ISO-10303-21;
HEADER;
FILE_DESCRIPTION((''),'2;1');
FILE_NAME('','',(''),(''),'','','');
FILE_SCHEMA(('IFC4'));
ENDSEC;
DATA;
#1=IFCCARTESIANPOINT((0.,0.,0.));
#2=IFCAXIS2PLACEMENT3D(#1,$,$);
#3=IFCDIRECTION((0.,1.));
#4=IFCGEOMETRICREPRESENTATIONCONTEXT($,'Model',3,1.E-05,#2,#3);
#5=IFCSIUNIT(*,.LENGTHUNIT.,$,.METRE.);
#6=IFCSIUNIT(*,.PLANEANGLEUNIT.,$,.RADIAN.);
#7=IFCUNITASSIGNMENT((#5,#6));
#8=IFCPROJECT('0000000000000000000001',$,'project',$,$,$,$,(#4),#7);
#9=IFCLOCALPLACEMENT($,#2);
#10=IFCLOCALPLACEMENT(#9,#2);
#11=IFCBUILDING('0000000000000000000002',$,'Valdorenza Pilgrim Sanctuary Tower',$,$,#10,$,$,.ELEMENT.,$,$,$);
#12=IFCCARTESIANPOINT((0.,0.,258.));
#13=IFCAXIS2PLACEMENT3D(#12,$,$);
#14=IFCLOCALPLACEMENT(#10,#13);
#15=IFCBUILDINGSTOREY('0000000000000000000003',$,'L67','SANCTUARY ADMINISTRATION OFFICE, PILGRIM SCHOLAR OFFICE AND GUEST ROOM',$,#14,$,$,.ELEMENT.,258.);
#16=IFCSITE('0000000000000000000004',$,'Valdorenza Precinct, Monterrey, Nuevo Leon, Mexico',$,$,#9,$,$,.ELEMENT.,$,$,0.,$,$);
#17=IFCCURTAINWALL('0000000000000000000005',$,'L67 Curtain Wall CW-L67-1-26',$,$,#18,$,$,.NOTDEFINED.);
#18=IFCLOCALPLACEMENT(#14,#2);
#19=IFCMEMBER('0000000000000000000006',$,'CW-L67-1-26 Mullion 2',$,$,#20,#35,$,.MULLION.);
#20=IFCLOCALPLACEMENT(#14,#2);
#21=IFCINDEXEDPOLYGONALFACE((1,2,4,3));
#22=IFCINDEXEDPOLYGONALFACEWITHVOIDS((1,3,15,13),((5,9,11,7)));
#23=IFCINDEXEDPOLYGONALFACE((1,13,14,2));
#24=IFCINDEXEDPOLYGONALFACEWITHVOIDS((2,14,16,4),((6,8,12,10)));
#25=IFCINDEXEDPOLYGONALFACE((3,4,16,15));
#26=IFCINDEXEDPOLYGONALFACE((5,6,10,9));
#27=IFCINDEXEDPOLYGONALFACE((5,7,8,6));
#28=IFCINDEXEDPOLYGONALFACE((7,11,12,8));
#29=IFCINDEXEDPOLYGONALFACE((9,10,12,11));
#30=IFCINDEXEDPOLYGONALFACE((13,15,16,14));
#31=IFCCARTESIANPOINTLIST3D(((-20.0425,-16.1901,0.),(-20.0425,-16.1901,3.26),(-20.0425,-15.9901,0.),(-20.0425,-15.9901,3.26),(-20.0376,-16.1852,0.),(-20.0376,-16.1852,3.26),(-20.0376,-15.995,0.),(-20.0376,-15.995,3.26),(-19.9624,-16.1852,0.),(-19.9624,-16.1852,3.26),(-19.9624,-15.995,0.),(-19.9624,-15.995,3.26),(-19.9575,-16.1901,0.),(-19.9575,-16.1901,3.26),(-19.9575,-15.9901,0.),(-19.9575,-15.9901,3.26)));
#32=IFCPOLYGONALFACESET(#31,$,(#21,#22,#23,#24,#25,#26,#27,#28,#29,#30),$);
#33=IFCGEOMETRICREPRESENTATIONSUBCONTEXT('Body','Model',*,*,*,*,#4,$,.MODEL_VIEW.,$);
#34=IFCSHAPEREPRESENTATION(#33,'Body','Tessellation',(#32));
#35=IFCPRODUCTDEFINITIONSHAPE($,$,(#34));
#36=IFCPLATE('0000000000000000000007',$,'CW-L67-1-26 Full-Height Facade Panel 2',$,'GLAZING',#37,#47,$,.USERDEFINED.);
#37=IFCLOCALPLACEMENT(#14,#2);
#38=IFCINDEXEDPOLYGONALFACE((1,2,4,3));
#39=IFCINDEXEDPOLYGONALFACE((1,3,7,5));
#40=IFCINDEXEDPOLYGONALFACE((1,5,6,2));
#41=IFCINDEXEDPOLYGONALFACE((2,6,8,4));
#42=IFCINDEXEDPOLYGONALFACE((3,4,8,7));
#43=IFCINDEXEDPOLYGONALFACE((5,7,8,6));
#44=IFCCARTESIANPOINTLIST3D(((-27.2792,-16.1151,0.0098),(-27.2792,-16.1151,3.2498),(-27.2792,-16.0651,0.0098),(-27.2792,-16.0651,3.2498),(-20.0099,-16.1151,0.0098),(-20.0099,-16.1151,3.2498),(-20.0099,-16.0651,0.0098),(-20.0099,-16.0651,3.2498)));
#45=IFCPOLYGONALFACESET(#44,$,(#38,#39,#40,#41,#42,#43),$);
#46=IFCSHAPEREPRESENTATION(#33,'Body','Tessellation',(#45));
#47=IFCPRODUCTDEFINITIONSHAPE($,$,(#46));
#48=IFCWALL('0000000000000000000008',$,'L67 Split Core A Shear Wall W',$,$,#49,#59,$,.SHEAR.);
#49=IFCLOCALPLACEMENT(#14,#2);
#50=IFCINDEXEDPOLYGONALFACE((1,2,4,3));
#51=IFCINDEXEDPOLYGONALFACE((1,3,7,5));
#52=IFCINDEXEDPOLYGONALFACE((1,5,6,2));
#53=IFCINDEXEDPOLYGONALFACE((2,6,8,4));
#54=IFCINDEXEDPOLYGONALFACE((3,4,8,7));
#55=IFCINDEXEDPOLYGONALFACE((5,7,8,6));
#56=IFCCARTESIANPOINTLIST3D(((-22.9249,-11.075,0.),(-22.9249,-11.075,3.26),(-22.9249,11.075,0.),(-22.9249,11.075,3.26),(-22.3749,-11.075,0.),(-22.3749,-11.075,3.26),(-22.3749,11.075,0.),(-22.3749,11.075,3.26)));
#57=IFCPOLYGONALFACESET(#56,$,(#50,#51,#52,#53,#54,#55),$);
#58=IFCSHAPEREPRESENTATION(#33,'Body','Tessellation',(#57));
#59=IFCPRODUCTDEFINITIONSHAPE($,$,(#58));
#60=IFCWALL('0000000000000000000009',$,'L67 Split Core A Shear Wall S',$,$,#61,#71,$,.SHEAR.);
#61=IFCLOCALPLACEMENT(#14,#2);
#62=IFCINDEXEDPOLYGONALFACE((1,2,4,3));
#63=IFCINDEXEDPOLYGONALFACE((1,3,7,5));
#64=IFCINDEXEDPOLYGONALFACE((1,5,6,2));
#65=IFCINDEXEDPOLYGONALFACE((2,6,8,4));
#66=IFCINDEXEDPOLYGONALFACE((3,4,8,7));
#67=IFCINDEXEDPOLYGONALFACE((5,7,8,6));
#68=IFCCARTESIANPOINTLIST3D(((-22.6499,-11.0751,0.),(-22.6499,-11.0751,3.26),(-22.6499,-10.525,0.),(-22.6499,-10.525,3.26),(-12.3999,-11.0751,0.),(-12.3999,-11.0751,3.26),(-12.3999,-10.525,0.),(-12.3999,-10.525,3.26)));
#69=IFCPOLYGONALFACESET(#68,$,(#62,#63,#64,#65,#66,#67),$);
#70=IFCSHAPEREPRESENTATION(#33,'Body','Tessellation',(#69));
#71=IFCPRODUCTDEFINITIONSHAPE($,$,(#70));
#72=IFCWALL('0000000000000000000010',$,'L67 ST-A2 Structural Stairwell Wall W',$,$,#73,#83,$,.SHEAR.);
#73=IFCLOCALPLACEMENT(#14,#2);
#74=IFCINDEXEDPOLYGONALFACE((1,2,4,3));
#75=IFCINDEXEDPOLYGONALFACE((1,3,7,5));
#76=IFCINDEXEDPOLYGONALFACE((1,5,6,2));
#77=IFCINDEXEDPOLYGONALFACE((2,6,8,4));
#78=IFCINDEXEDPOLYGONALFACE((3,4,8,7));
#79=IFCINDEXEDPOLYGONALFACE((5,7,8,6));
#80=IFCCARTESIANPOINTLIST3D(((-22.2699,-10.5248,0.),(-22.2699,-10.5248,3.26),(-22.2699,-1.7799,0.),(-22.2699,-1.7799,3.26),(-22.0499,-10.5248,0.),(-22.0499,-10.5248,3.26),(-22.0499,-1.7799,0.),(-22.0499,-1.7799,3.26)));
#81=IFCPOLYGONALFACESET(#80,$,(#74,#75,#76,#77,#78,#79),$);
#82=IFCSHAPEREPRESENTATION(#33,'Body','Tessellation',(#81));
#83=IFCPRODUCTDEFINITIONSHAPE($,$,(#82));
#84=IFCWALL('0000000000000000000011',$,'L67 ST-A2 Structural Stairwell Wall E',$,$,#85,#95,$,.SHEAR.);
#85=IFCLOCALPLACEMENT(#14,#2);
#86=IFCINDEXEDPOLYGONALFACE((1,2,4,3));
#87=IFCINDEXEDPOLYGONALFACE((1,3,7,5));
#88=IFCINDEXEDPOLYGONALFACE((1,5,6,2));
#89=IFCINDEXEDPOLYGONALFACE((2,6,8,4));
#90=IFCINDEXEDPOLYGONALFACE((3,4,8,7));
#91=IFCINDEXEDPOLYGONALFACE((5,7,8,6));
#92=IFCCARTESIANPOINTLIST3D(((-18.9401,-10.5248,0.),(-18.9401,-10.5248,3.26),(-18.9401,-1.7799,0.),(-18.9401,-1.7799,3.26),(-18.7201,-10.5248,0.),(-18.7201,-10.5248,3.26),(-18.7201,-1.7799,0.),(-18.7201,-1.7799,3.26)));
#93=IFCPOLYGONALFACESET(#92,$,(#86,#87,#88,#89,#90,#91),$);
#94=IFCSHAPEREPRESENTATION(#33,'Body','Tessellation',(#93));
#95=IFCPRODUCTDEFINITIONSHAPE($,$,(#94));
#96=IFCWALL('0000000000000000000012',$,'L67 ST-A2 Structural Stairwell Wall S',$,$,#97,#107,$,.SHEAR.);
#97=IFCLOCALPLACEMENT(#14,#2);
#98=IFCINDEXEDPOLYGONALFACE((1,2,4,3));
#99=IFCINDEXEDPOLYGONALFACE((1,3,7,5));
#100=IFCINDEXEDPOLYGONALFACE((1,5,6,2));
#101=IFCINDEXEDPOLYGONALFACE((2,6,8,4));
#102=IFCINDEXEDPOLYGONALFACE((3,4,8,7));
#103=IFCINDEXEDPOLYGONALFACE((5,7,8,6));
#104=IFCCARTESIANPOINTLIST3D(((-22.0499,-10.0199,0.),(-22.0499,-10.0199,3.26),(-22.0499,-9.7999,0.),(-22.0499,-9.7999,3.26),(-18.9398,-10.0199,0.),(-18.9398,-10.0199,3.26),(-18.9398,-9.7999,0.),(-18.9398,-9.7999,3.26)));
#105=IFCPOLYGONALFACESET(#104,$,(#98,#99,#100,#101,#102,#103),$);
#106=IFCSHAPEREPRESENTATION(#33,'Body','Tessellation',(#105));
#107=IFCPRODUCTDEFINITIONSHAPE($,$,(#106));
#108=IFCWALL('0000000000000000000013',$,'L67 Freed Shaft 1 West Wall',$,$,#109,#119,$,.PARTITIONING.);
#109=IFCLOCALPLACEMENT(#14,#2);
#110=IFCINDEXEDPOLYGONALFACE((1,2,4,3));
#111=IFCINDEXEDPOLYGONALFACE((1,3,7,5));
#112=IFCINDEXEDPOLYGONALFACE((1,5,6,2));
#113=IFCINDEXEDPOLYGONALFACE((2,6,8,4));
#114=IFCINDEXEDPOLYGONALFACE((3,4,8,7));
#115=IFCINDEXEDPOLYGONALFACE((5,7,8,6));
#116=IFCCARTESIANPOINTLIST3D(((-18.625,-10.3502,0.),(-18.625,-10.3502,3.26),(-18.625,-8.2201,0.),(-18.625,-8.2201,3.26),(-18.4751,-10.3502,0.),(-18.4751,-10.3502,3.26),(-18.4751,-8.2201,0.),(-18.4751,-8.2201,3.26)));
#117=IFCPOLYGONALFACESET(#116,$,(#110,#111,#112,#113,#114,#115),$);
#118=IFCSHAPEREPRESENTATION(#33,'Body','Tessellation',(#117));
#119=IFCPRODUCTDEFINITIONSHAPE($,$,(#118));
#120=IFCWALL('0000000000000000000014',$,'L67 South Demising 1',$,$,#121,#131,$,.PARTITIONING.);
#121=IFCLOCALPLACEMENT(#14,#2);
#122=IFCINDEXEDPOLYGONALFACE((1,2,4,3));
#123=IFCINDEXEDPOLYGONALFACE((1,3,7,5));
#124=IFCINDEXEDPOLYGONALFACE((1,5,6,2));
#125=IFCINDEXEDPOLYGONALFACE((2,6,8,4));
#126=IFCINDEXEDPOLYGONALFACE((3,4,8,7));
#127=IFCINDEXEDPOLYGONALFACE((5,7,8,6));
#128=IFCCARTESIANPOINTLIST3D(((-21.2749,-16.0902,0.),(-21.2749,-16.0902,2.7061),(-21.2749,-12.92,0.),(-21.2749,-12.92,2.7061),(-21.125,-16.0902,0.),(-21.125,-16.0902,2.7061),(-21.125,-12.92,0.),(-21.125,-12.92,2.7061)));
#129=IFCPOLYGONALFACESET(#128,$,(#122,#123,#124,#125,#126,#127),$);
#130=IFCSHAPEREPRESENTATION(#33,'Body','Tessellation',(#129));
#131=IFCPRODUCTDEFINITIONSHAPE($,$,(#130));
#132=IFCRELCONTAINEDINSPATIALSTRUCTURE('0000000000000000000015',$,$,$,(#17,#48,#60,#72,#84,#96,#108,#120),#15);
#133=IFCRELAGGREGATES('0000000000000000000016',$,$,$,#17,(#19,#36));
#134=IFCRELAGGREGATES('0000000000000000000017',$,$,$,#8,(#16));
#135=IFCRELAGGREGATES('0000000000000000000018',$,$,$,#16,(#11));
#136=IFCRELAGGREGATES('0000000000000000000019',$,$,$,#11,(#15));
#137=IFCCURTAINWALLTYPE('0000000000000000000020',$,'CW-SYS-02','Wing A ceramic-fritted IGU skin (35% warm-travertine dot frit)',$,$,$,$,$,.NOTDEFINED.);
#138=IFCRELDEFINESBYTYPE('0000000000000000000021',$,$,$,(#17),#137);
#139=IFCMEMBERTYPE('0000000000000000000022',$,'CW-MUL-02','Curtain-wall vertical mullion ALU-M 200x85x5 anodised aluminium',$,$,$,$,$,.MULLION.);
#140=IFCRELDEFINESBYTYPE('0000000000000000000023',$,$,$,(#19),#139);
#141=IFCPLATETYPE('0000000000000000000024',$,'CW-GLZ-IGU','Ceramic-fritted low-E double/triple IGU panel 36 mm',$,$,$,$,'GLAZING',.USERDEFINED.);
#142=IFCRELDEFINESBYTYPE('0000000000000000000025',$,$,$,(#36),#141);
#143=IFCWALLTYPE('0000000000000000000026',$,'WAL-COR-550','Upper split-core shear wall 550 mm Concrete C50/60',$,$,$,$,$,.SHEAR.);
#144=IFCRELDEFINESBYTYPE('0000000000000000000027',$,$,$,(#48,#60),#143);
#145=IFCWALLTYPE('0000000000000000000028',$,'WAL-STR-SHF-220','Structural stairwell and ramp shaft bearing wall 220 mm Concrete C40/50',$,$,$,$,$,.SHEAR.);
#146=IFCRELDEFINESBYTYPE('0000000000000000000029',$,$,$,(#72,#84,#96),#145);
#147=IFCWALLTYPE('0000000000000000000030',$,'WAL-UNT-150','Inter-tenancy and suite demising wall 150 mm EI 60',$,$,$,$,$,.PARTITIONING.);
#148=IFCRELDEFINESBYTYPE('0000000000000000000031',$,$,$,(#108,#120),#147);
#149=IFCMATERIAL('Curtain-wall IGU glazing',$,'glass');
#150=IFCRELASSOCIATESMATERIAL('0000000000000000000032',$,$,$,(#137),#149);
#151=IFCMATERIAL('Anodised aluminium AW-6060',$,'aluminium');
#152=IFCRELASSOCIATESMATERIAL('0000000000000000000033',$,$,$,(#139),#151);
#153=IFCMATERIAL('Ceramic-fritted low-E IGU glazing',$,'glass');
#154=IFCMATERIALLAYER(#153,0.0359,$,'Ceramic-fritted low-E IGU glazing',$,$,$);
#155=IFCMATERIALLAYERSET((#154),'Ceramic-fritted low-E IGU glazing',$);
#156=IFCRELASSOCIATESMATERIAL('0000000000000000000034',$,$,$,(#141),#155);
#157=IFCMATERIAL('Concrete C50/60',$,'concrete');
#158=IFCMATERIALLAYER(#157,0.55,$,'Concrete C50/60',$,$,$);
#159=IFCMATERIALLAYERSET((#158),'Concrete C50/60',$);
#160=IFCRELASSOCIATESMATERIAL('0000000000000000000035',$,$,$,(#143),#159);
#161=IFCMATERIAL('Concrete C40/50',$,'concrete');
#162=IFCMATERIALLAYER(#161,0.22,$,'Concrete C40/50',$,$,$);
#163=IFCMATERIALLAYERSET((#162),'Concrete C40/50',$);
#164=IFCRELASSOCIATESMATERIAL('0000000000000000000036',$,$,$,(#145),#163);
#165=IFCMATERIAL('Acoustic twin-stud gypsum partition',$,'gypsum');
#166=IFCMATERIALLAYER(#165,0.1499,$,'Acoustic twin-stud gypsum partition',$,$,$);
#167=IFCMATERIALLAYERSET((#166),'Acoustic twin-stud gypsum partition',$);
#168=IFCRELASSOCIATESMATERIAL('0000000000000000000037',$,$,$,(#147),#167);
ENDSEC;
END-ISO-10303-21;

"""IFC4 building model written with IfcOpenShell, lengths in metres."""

from ifc_helpers import new_model, si_unit, direction, frame, frame_2d, origin, origin_2d, place, context, subcontext, project, spatial, rectangle, hollow_rectangle, extrude, source, transform, mapped, material, layer, layer_set, material_profile, profile_set, type_object, element, aggregate, save


model = new_model("IFC4")

# Units and contexts
model_context = context("Model", 3, precision=1e-05, world=origin(), true_north=direction((0.0, 1.0)))
body_context = subcontext(model_context, "Body", "Model", "MODEL_VIEW")
ifc_project = project(units=[si_unit("LENGTHUNIT", "METRE"), si_unit("PLANEANGLEUNIT", "RADIAN")], contexts=[model_context])

# Site, building, storey
site_placement = place(None, origin())
site = spatial("IfcSite", under=ifc_project, at=site_placement, Name="Valdorenza Precinct, Monterrey, Nuevo Leon, Mexico", CompositionType="ELEMENT", RefElevation=0.0)
building_placement = place(site_placement, origin())
building = spatial("IfcBuilding", under=site, at=building_placement, Name="Valdorenza Pilgrim Sanctuary Tower", CompositionType="ELEMENT")
storey_placement = place(building_placement, frame((0.0, 0.0, 258.0)))
storey = spatial("IfcBuildingStorey", under=building, at=storey_placement, Name="L67", Description="SANCTUARY ADMINISTRATION OFFICE, PILGRIM SCHOLAR OFFICE AND GUEST ROOM", CompositionType="ELEMENT", Elevation=258.0)

# Shared definitions
ifc_material_1 = material(Name="Concrete C50/60", Category="concrete")

# Curtain wall, member, plate
ifc_material_2 = material(Name="Curtain-wall IGU glazing", Category="glass")
curtain_wall_type = type_object("IfcCurtainWallType", Name="CW-SYS-02", Description="Wing A ceramic-fritted IGU skin (35% warm-travertine dot frit)", PredefinedType="NOTDEFINED", material=ifc_material_2)
curtain_wall_placement = place(storey_placement, origin())
curtain_wall = element("IfcCurtainWall", 1, at=curtain_wall_placement, inside=storey, type_object=curtain_wall_type, Name="L67 Curtain Wall CW-L67-1-26", PredefinedType="NOTDEFINED")
ifc_material_3 = material(Name="Anodised aluminium AW-6060", Category="aluminium")
ifc_material_profile_1 = material_profile(ifc_material_3, hollow_rectangle(XDim=0.085, YDim=0.2, WallThickness=0.0049, at=origin_2d()), Name="ALU-M 200x85x5")
ifc_profile_set_1 = profile_set([ifc_material_profile_1], Name="Anodised aluminium AW-6060")
member_type = type_object("IfcMemberType", Name="CW-MUL-02", Description="Curtain-wall vertical mullion ALU-M 200x85x5 anodised aluminium", PredefinedType="MULLION", material=ifc_profile_set_1)
shared_shape_1 = source(origin(), body_context, "Body", "SweptSolid", [
    extrude(hollow_rectangle(XDim=0.085, YDim=0.2, WallThickness=0.0049, at=origin_2d()), origin(), (0.0, 0.0, 1.0), 3.26),
])
member_placement = place(storey_placement, frame((-20.0, -16.0901, 0.0), z_axis=(0.0, 0.0, 1.0), x_axis=(-1.0, 0.0, 0.0)))
member = element("IfcMember", 2, at=member_placement, type_object=member_type, Name="CW-L67-1-26 Mullion 2", PredefinedType="MULLION", context=body_context, shape_type="MappedRepresentation", body=[
    mapped(shared_shape_1, transform((0.0, 0.0, 0.0), x_axis=(1.0, 0.0, 0.0), y_axis=(0.0, 1.0, 0.0), z_axis=(0.0, 0.0, 1.0), scale=1.0)),
])
ifc_material_4 = material(Name="Ceramic-fritted low-E IGU glazing", Category="glass")
ifc_layer_1 = layer(ifc_material_4, 0.0359, Name="Ceramic-fritted low-E IGU glazing")
ifc_layer_set_1 = layer_set([ifc_layer_1], Name="Ceramic-fritted low-E IGU glazing")
plate_type = type_object("IfcPlateType", Name="CW-GLZ-IGU", Description="Ceramic-fritted low-E double/triple IGU panel 36 mm", ElementType="GLAZING", PredefinedType="USERDEFINED", material=ifc_layer_set_1)
shared_shape_2 = source(origin(), body_context, "Body", "SweptSolid", [
    extrude(rectangle(XDim=7.2693, YDim=0.05, at=origin_2d()), origin(), (0.0, 0.0, 1.0), 3.24),
])
plate_placement = place(storey_placement, frame((-23.6445, -16.0901, 0.0098), z_axis=(0.0, 0.0, 1.0), x_axis=(-1.0, 0.0, 0.0)))
plate = element("IfcPlate", 3, at=plate_placement, type_object=plate_type, Name="CW-L67-1-26 Full-Height Facade Panel 2", ObjectType="GLAZING", PredefinedType="USERDEFINED", context=body_context, shape_type="MappedRepresentation", body=[
    mapped(shared_shape_2, transform((0.0, 0.0, 0.0), x_axis=(1.0, 0.0, 0.0), y_axis=(0.0, 1.0, 0.0), z_axis=(0.0, 0.0, 1.0), scale=1.0)),
])
aggregate(curtain_wall, [member, plate])

# Walls
ifc_layer_2 = layer(ifc_material_1, 0.55, Name="Concrete C50/60")
ifc_layer_set_2 = layer_set([ifc_layer_2], Name="Concrete C50/60")
wall_type_1 = type_object("IfcWallType", Name="WAL-COR-550", Description="Upper split-core shear wall 550 mm Concrete C50/60", PredefinedType="SHEAR", material=ifc_layer_set_2)
wall_1_placement = place(storey_placement, frame((-22.6499, -11.075, 0.0), z_axis=(0.0, 0.0, 1.0), x_axis=(0.0, 1.0, 0.0)))
element("IfcWall", 4, at=wall_1_placement, inside=storey, type_object=wall_type_1, Name="L67 Split Core A Shear Wall W", PredefinedType="SHEAR", context=body_context, shape_type="SweptSolid", body=[
    extrude(rectangle(XDim=22.1499, YDim=0.55, at=frame_2d((11.075, 0.0))), origin(), (0.0, 0.0, 1.0), 3.26),
])
wall_2_placement = place(storey_placement, frame((-22.6499, -10.8, 0.0), z_axis=(0.0, 0.0, 1.0), x_axis=(1.0, 0.0, 0.0)))
element("IfcWall", 5, at=wall_2_placement, inside=storey, type_object=wall_type_1, Name="L67 Split Core A Shear Wall S", PredefinedType="SHEAR", context=body_context, shape_type="SweptSolid", body=[
    extrude(rectangle(XDim=10.25, YDim=0.55, at=frame_2d((5.125, 0.0))), origin(), (0.0, 0.0, 1.0), 3.26),
])
ifc_material_5 = material(Name="Concrete C40/50", Category="concrete")
ifc_layer_3 = layer(ifc_material_5, 0.22, Name="Concrete C40/50")
ifc_layer_set_3 = layer_set([ifc_layer_3], Name="Concrete C40/50")
wall_type_2 = type_object("IfcWallType", Name="WAL-STR-SHF-220", Description="Structural stairwell and ramp shaft bearing wall 220 mm Concrete C40/50", PredefinedType="SHEAR", material=ifc_layer_set_3)
for number, where, z_axis, x_axis, name in (
    (6, (-22.1599, -10.5249, 0.0), (0.0, 0.0, 1.0), (0.0, 1.0, 0.0), "L67 ST-A2 Structural Stairwell Wall W"),
    (7, (-18.8301, -10.5249, 0.0), (0.0, 0.0, 1.0), (0.0, 1.0, 0.0), "L67 ST-A2 Structural Stairwell Wall E"),
):
    element("IfcWall", number, at=place(storey_placement, frame(where, z_axis=z_axis, x_axis=x_axis)), inside=storey, type_object=wall_type_2, Name=name, PredefinedType="SHEAR", context=body_context, shape_type="SweptSolid", body=[
        extrude(rectangle(XDim=8.7449, YDim=0.22, at=frame_2d((4.3726, 0.0))), origin(), (0.0, 0.0, 1.0), 3.26),
    ])
wall_3_placement = place(storey_placement, frame((-22.05, -9.9099, 0.0), z_axis=(0.0, 0.0, 1.0), x_axis=(1.0, 0.0, 0.0)))
element("IfcWall", 8, at=wall_3_placement, inside=storey, type_object=wall_type_2, Name="L67 ST-A2 Structural Stairwell Wall S", PredefinedType="SHEAR", context=body_context, shape_type="SweptSolid", body=[
    extrude(rectangle(XDim=3.1101, YDim=0.22, at=frame_2d((1.5552, 0.0))), origin(), (0.0, 0.0, 1.0), 3.26),
])
ifc_material_6 = material(Name="Acoustic twin-stud gypsum partition", Category="gypsum")
ifc_layer_4 = layer(ifc_material_6, 0.1499, Name="Acoustic twin-stud gypsum partition")
ifc_layer_set_4 = layer_set([ifc_layer_4], Name="Acoustic twin-stud gypsum partition")
wall_type_3 = type_object("IfcWallType", Name="WAL-UNT-150", Description="Inter-tenancy and suite demising wall 150 mm EI 60", PredefinedType="PARTITIONING", material=ifc_layer_set_4)
wall_4_placement = place(storey_placement, frame((-18.55, -10.3501, 0.0), z_axis=(0.0, 0.0, 1.0), x_axis=(0.0, 1.0, 0.0)))
element("IfcWall", 9, at=wall_4_placement, inside=storey, type_object=wall_type_3, Name="L67 Freed Shaft 1 West Wall", PredefinedType="PARTITIONING", context=body_context, shape_type="SweptSolid", body=[
    extrude(rectangle(XDim=2.1301, YDim=0.1499, at=frame_2d((1.0649, 0.0))), origin(), (0.0, 0.0, 1.0), 3.26),
])
wall_5_placement = place(storey_placement, frame((-21.2, -16.0901, 0.0), z_axis=(0.0, 0.0, 1.0), x_axis=(0.0, 1.0, 0.0)))
element("IfcWall", 10, at=wall_5_placement, inside=storey, type_object=wall_type_3, Name="L67 South Demising 1", PredefinedType="PARTITIONING", context=body_context, shape_type="SweptSolid", body=[
    extrude(rectangle(XDim=3.1702, YDim=0.1499, at=frame_2d((1.585, 0.0))), origin(), (0.0, 0.0, 1.0), 2.7061),
])

save(model, "model.ifc")
